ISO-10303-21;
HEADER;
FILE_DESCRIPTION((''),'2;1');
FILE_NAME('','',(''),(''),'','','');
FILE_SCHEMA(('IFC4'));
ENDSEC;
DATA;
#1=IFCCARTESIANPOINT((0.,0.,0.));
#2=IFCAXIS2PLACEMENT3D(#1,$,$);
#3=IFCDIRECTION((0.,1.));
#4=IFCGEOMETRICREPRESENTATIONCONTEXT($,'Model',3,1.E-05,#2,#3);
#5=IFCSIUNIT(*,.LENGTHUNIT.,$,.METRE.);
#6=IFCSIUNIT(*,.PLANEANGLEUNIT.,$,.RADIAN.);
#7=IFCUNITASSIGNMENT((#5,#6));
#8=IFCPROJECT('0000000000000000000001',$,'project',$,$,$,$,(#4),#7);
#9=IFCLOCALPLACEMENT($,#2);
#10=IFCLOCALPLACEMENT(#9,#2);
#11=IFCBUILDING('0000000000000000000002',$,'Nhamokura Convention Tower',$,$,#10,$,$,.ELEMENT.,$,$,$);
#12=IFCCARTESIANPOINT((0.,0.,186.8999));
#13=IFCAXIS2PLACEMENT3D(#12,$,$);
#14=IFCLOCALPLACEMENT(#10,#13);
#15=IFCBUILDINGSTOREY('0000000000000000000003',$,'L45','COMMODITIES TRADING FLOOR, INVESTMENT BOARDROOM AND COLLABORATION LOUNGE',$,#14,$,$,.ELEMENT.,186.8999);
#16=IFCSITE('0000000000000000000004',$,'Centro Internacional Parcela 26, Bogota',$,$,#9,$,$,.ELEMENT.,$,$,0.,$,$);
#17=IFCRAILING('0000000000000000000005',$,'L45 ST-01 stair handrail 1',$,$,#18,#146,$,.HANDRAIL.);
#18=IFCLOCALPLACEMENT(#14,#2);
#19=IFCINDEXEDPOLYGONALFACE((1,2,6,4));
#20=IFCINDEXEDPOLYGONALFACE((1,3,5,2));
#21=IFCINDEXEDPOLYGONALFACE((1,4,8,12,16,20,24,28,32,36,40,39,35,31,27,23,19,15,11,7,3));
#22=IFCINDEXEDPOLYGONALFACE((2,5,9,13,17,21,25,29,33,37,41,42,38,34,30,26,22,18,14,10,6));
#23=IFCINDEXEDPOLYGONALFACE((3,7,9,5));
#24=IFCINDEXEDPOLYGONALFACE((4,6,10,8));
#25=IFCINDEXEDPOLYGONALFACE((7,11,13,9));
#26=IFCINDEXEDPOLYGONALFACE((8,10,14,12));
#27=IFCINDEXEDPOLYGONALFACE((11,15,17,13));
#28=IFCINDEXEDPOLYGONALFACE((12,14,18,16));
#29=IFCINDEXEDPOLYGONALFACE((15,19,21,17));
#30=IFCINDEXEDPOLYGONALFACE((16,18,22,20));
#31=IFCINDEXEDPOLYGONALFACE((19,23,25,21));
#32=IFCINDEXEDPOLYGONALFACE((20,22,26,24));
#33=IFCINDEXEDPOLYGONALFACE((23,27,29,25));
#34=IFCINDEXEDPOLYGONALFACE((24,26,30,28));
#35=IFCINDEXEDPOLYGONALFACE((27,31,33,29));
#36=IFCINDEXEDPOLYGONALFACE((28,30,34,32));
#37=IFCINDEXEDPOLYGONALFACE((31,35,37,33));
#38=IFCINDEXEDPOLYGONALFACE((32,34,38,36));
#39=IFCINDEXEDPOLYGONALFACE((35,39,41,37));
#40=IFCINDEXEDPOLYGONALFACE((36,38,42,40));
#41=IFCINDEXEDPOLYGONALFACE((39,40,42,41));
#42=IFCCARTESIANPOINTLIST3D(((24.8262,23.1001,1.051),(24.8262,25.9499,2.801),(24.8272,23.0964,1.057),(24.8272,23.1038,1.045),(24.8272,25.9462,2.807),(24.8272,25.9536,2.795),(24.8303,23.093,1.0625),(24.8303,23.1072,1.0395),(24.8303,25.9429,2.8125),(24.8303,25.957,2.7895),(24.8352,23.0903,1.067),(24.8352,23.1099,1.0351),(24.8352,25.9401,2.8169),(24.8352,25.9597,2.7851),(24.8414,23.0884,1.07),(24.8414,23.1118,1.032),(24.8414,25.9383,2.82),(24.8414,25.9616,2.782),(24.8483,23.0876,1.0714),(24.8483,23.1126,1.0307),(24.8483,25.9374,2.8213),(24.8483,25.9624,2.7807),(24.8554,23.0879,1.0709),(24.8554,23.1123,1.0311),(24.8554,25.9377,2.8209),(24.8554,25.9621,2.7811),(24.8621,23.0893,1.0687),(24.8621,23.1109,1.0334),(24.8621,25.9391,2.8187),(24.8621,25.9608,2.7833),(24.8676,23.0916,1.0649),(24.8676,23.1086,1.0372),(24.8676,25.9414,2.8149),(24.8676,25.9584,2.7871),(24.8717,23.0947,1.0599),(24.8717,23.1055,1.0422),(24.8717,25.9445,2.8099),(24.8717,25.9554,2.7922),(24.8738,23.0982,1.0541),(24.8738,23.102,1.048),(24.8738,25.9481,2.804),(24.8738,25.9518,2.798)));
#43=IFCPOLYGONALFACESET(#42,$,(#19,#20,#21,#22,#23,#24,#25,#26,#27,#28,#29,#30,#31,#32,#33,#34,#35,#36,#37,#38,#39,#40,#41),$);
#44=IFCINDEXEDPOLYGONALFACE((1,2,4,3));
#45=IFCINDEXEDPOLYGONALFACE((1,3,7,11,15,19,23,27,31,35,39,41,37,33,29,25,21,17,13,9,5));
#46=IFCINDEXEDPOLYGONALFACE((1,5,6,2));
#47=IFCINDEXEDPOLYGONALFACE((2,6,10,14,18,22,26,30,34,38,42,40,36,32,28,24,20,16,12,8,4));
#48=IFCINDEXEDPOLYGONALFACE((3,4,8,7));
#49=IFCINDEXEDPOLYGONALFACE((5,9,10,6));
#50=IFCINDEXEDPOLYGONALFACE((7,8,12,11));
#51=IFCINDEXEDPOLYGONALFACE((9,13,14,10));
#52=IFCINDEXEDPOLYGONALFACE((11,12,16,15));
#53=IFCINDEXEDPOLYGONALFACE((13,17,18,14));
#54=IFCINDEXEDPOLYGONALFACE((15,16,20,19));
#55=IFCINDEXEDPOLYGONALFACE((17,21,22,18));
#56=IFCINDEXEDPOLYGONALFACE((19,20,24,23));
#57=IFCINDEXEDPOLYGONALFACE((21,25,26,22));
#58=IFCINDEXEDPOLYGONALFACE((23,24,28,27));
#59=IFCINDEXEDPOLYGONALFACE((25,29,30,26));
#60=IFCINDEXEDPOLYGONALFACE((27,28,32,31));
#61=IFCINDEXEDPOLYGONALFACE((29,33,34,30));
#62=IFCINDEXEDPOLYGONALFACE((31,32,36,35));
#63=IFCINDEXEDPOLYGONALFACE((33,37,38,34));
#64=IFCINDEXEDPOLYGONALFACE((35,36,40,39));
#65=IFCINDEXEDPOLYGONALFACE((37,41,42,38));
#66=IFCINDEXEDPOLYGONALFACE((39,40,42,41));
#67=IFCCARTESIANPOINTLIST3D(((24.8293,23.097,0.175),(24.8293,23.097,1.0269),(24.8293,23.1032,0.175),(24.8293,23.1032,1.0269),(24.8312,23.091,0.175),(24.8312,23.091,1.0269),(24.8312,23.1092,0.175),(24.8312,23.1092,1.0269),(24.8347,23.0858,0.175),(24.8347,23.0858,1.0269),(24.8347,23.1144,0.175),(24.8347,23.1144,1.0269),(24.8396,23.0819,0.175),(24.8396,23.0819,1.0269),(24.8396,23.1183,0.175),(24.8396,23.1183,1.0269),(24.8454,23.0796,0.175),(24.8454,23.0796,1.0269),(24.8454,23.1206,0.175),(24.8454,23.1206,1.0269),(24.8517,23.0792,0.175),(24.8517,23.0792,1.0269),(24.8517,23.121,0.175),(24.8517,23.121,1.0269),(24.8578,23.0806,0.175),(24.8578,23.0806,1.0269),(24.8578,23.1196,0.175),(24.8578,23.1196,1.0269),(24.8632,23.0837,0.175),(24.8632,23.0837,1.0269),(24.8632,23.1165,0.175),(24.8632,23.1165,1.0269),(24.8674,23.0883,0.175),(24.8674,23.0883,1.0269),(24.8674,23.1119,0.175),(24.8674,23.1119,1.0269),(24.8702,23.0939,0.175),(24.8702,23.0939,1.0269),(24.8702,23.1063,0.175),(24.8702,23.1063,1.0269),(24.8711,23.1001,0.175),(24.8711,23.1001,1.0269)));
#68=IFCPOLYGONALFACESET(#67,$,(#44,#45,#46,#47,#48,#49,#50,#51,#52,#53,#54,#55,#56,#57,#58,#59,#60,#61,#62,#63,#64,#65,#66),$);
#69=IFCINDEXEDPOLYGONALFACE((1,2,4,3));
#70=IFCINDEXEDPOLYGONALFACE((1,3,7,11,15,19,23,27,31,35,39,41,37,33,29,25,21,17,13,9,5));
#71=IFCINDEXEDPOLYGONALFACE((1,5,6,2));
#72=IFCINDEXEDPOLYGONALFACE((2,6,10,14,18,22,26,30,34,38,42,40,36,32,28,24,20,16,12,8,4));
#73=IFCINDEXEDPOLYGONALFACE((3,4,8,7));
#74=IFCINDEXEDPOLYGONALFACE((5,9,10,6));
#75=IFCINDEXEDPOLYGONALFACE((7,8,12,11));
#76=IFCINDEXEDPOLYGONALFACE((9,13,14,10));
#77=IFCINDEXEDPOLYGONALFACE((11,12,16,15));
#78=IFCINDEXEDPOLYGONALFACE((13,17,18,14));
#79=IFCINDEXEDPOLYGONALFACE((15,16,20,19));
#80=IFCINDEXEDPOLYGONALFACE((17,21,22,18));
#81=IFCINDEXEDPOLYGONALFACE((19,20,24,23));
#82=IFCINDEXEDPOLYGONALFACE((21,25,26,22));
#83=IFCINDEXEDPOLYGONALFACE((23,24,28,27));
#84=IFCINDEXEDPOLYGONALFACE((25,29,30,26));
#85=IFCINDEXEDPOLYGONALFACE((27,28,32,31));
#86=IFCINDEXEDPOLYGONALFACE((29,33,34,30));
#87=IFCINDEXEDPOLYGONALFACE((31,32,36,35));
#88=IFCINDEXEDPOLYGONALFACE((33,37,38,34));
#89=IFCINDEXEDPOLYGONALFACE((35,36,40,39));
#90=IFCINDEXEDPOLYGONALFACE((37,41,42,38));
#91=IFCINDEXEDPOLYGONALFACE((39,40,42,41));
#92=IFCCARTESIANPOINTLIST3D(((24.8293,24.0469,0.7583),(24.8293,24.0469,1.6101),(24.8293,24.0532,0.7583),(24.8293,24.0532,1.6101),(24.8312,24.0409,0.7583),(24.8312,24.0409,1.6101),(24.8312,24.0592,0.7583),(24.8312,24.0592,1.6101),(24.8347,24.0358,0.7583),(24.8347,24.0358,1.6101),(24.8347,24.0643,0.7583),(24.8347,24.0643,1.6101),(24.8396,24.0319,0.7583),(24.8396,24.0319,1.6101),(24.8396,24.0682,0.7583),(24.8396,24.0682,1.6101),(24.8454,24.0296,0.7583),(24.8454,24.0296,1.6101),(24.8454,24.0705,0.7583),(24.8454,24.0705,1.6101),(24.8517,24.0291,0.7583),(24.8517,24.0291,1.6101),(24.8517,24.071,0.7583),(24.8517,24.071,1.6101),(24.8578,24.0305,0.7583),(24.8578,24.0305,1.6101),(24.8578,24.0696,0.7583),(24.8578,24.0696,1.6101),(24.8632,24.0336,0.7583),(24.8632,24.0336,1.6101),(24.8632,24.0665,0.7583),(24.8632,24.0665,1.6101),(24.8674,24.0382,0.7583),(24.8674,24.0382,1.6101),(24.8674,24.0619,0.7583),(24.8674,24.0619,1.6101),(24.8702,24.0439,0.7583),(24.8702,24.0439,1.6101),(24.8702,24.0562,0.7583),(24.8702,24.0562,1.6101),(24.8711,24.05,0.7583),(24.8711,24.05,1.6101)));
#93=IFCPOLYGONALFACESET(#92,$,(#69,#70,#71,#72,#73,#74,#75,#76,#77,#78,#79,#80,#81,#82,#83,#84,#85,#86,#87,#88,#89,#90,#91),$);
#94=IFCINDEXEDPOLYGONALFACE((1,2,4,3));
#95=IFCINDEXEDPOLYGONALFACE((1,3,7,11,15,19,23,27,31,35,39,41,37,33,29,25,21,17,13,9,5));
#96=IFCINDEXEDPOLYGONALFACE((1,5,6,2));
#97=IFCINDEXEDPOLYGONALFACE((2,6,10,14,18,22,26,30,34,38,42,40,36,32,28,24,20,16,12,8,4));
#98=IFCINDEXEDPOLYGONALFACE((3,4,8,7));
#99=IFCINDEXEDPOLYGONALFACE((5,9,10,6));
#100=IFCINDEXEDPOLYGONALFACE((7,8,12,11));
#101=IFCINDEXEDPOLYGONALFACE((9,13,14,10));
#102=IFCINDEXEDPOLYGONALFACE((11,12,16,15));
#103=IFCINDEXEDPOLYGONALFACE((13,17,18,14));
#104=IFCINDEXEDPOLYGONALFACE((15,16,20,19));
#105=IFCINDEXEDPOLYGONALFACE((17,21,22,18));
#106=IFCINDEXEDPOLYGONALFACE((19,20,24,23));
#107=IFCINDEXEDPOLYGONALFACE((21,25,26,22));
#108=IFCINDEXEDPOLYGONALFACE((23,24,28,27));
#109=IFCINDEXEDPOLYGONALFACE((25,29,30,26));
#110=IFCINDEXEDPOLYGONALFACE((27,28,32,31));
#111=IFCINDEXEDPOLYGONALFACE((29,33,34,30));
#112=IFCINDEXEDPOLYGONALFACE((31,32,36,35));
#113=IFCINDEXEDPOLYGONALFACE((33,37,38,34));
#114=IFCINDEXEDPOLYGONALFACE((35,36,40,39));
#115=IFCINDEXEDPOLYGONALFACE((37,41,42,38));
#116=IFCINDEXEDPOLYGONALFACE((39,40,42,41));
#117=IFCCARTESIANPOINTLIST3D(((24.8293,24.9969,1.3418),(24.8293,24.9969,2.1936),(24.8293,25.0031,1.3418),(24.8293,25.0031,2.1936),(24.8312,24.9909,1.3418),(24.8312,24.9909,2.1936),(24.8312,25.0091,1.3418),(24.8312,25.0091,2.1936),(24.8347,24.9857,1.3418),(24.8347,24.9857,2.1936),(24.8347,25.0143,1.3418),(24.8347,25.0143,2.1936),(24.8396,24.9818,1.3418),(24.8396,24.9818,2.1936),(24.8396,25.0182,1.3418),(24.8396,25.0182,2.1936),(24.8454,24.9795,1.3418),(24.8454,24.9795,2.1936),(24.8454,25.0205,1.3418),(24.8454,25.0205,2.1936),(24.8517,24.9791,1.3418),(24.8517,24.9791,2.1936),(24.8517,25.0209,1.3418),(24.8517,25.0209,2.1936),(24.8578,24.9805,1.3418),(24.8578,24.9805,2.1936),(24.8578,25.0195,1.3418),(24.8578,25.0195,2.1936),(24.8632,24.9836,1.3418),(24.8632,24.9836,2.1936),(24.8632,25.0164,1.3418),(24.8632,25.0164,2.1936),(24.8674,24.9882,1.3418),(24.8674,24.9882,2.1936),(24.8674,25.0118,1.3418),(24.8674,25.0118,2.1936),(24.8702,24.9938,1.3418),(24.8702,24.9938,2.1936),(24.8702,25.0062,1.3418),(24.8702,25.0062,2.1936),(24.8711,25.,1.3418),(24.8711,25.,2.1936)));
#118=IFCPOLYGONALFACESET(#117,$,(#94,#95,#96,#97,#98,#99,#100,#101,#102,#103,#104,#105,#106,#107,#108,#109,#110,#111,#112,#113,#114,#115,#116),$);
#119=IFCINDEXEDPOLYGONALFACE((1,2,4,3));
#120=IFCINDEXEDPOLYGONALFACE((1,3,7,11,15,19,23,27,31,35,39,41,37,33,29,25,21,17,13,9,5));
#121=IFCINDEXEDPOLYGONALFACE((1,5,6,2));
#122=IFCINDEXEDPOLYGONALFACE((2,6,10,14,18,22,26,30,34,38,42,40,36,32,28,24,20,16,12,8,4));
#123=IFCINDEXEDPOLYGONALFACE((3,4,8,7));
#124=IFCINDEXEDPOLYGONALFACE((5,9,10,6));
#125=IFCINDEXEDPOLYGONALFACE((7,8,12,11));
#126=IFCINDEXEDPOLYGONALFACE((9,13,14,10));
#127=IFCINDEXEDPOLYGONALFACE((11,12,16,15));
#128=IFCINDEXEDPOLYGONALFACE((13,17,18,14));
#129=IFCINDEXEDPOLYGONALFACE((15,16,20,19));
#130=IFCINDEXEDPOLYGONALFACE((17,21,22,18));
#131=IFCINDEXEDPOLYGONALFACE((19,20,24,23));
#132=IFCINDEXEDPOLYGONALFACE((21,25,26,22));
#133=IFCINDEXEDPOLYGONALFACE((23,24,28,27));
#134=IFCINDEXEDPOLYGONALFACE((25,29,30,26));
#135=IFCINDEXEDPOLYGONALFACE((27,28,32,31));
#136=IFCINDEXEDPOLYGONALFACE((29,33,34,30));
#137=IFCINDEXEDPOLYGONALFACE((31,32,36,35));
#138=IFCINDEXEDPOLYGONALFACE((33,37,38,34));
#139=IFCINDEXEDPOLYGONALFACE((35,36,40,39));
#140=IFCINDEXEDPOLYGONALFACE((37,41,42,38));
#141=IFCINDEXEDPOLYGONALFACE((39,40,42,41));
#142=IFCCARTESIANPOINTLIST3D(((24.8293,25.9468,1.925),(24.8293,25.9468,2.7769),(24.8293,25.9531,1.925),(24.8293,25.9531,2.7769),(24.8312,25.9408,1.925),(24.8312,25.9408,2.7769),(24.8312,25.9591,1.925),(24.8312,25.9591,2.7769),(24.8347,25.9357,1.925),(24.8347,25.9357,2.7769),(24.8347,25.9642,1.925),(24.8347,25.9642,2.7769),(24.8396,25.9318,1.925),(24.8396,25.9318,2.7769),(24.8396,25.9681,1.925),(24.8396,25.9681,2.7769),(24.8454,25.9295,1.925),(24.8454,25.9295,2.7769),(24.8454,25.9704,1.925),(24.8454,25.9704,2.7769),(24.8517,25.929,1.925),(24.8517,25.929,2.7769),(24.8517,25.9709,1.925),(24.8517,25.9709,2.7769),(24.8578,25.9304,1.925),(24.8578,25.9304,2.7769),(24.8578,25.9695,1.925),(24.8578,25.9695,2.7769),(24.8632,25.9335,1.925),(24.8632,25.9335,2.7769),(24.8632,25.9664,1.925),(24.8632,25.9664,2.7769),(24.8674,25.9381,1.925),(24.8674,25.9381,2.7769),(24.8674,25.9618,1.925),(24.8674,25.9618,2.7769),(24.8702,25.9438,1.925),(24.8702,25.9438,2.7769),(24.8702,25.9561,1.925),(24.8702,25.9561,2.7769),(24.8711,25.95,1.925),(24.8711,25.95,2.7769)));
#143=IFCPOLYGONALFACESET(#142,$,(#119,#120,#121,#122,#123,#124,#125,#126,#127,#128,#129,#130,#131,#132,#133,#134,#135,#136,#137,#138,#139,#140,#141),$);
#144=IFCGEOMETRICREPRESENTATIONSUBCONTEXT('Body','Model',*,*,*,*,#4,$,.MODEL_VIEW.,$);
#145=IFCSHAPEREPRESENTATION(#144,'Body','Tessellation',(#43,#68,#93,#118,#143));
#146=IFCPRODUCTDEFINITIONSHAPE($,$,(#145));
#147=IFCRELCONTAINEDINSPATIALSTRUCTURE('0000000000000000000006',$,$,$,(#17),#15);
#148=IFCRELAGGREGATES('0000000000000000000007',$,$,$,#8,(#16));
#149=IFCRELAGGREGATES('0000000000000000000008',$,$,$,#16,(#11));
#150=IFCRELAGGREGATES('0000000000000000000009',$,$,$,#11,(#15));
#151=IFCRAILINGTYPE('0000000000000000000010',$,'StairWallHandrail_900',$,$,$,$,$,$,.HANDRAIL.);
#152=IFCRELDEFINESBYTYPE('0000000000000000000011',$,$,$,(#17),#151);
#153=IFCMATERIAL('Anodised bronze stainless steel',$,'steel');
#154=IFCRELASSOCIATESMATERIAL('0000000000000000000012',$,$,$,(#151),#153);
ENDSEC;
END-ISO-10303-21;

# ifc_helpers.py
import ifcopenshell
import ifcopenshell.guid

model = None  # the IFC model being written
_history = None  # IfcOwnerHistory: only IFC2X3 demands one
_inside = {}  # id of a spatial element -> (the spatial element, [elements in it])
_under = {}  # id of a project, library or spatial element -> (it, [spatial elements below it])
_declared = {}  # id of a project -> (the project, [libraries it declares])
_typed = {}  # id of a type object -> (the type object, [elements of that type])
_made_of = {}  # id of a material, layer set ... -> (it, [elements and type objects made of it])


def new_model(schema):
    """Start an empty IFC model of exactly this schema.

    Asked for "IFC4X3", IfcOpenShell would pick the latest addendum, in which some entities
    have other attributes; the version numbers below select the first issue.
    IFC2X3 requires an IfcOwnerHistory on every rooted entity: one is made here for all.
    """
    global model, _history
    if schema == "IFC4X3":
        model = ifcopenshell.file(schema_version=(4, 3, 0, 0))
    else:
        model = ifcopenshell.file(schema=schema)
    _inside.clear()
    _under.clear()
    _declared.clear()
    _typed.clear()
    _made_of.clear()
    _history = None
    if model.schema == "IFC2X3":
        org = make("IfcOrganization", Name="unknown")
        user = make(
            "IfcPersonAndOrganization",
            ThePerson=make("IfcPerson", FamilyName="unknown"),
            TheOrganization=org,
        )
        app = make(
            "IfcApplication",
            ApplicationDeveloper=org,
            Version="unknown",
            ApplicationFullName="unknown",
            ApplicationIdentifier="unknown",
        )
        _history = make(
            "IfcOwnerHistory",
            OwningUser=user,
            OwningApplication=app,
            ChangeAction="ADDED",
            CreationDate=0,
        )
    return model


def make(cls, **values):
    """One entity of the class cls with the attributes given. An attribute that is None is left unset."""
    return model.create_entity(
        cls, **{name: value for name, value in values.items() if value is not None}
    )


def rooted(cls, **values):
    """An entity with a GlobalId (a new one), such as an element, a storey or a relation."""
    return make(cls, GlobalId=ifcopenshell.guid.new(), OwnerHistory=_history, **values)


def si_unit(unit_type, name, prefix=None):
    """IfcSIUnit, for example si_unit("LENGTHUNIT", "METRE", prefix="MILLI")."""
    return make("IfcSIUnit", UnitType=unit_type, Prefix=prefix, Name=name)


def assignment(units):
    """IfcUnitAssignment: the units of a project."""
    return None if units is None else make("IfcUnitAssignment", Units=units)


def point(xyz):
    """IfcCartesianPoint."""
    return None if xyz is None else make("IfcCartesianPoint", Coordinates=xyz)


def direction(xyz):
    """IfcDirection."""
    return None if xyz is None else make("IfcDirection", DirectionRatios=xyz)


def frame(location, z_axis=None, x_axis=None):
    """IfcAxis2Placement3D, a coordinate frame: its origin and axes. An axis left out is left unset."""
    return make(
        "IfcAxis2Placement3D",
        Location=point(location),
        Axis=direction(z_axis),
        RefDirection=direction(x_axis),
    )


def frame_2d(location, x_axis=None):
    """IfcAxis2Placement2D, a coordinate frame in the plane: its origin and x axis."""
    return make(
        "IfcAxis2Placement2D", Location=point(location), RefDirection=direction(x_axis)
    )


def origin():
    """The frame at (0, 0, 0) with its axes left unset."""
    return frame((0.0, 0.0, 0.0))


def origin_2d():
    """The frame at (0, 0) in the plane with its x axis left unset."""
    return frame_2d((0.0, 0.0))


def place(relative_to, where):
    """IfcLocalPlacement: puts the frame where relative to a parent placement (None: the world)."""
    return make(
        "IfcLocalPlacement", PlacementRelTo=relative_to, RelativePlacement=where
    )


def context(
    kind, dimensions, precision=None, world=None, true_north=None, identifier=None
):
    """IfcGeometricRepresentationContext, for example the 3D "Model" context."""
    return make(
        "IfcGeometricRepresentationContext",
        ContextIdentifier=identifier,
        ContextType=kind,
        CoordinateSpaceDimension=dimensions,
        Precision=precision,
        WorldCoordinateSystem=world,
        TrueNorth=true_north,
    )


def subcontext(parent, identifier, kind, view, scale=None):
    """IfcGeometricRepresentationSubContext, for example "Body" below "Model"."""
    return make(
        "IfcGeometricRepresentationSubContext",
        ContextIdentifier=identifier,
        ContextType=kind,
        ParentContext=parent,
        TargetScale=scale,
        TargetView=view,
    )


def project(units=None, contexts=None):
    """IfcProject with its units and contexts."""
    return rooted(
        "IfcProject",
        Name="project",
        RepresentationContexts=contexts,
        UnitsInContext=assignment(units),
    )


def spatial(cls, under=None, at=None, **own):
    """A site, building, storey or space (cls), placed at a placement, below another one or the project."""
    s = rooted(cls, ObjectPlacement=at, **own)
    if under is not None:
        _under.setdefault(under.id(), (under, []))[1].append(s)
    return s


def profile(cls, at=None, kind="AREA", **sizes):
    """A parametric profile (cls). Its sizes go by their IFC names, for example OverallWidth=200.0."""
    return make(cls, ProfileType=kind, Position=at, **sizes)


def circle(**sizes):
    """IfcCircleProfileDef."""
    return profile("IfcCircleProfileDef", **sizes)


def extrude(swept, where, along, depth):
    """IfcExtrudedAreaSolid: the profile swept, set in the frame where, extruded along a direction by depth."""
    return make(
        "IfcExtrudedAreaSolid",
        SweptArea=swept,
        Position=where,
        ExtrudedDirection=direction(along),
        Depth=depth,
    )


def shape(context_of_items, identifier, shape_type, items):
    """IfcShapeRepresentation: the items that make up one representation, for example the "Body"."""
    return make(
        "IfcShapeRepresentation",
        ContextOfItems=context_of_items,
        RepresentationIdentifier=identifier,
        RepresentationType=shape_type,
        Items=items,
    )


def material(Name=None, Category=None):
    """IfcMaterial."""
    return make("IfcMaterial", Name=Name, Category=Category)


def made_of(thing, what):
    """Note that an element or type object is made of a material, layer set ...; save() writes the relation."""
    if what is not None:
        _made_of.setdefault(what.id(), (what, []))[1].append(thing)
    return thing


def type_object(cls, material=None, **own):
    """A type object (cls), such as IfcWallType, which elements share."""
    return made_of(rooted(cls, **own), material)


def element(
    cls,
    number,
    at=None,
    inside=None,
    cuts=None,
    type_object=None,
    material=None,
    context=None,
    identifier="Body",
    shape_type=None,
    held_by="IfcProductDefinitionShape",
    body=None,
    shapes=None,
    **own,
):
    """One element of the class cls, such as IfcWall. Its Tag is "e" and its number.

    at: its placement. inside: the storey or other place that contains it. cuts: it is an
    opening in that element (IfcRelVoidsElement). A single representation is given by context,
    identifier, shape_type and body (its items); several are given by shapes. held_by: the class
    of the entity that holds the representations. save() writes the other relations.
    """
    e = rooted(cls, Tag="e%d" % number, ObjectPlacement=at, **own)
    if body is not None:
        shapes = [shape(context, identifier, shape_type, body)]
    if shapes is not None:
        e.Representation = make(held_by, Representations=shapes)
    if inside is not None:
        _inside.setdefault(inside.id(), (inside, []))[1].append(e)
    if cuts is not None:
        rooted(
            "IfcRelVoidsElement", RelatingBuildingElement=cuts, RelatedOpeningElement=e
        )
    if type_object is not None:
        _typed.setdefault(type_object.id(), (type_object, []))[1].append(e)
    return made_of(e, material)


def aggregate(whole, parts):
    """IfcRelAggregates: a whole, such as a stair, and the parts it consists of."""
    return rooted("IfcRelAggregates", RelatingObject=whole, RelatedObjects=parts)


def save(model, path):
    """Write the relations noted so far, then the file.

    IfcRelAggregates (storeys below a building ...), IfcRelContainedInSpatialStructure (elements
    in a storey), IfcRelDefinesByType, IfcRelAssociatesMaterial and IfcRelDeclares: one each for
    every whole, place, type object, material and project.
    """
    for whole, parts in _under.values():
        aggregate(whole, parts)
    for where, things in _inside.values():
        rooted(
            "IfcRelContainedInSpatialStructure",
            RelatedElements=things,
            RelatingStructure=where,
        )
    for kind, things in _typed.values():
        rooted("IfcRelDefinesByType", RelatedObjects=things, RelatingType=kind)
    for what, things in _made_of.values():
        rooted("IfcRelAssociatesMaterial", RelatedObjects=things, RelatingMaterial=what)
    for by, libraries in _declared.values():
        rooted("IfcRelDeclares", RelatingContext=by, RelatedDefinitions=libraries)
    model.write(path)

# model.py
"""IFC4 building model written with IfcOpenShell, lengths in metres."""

from ifc_helpers import new_model, si_unit, direction, frame, origin, origin_2d, place, context, subcontext, project, spatial, circle, extrude, material, type_object, element, save


model = new_model("IFC4")

# Units and contexts
model_context = context("Model", 3, precision=1e-05, world=origin(), true_north=direction((0.0, 1.0)))
body_context = subcontext(model_context, "Body", "Model", "MODEL_VIEW")
ifc_project = project(units=[si_unit("LENGTHUNIT", "METRE"), si_unit("PLANEANGLEUNIT", "RADIAN")], contexts=[model_context])

# Site, building, storey
site_placement = place(None, origin())
site = spatial("IfcSite", under=ifc_project, at=site_placement, Name="Centro Internacional Parcela 26, Bogota", CompositionType="ELEMENT", RefElevation=0.0)
building_placement = place(site_placement, origin())
building = spatial("IfcBuilding", under=site, at=building_placement, Name="Nhamokura Convention Tower", CompositionType="ELEMENT")
storey_placement = place(building_placement, frame((0.0, 0.0, 186.8999)))
storey = spatial("IfcBuildingStorey", under=building, at=storey_placement, Name="L45", Description="COMMODITIES TRADING FLOOR, INVESTMENT BOARDROOM AND COLLABORATION LOUNGE", CompositionType="ELEMENT", Elevation=186.8999)

# Railing
ifc_material_1 = material(Name="Anodised bronze stainless steel", Category="steel")
railing_type_1 = type_object("IfcRailingType", Name="StairWallHandrail_900", PredefinedType="HANDRAIL", material=ifc_material_1)
railing_1_placement = place(storey_placement, frame((24.8501, 23.1001, 0.175)))
element("IfcRailing", 1, at=railing_1_placement, inside=storey, type_object=railing_type_1, Name="L45 ST-01 stair handrail 1", PredefinedType="HANDRAIL", context=body_context, shape_type="SweptSolid", body=[
    extrude(circle(Radius=0.0239, at=origin_2d()), frame((0.0, 0.0, 0.876), z_axis=(0.0, 0.852159, 0.523283), x_axis=(-1.0, 0.0, 0.0)), (0.0, 0.0, 1.0), 3.3442),
    extrude(circle(Radius=0.021, at=origin_2d()), origin(), (0.0, 0.0, 1.0), 0.8518),
    extrude(circle(Radius=0.021, at=origin_2d()), frame((0.0, 0.95, 0.5833)), (0.0, 0.0, 1.0), 0.8518),
    extrude(circle(Radius=0.021, at=origin_2d()), frame((0.0, 1.8999, 1.1667)), (0.0, 0.0, 1.0), 0.8518),
    extrude(circle(Radius=0.021, at=origin_2d()), frame((0.0, 2.8499, 1.75)), (0.0, 0.0, 1.0), 0.8518),
])

save(model, "model.ifc")
